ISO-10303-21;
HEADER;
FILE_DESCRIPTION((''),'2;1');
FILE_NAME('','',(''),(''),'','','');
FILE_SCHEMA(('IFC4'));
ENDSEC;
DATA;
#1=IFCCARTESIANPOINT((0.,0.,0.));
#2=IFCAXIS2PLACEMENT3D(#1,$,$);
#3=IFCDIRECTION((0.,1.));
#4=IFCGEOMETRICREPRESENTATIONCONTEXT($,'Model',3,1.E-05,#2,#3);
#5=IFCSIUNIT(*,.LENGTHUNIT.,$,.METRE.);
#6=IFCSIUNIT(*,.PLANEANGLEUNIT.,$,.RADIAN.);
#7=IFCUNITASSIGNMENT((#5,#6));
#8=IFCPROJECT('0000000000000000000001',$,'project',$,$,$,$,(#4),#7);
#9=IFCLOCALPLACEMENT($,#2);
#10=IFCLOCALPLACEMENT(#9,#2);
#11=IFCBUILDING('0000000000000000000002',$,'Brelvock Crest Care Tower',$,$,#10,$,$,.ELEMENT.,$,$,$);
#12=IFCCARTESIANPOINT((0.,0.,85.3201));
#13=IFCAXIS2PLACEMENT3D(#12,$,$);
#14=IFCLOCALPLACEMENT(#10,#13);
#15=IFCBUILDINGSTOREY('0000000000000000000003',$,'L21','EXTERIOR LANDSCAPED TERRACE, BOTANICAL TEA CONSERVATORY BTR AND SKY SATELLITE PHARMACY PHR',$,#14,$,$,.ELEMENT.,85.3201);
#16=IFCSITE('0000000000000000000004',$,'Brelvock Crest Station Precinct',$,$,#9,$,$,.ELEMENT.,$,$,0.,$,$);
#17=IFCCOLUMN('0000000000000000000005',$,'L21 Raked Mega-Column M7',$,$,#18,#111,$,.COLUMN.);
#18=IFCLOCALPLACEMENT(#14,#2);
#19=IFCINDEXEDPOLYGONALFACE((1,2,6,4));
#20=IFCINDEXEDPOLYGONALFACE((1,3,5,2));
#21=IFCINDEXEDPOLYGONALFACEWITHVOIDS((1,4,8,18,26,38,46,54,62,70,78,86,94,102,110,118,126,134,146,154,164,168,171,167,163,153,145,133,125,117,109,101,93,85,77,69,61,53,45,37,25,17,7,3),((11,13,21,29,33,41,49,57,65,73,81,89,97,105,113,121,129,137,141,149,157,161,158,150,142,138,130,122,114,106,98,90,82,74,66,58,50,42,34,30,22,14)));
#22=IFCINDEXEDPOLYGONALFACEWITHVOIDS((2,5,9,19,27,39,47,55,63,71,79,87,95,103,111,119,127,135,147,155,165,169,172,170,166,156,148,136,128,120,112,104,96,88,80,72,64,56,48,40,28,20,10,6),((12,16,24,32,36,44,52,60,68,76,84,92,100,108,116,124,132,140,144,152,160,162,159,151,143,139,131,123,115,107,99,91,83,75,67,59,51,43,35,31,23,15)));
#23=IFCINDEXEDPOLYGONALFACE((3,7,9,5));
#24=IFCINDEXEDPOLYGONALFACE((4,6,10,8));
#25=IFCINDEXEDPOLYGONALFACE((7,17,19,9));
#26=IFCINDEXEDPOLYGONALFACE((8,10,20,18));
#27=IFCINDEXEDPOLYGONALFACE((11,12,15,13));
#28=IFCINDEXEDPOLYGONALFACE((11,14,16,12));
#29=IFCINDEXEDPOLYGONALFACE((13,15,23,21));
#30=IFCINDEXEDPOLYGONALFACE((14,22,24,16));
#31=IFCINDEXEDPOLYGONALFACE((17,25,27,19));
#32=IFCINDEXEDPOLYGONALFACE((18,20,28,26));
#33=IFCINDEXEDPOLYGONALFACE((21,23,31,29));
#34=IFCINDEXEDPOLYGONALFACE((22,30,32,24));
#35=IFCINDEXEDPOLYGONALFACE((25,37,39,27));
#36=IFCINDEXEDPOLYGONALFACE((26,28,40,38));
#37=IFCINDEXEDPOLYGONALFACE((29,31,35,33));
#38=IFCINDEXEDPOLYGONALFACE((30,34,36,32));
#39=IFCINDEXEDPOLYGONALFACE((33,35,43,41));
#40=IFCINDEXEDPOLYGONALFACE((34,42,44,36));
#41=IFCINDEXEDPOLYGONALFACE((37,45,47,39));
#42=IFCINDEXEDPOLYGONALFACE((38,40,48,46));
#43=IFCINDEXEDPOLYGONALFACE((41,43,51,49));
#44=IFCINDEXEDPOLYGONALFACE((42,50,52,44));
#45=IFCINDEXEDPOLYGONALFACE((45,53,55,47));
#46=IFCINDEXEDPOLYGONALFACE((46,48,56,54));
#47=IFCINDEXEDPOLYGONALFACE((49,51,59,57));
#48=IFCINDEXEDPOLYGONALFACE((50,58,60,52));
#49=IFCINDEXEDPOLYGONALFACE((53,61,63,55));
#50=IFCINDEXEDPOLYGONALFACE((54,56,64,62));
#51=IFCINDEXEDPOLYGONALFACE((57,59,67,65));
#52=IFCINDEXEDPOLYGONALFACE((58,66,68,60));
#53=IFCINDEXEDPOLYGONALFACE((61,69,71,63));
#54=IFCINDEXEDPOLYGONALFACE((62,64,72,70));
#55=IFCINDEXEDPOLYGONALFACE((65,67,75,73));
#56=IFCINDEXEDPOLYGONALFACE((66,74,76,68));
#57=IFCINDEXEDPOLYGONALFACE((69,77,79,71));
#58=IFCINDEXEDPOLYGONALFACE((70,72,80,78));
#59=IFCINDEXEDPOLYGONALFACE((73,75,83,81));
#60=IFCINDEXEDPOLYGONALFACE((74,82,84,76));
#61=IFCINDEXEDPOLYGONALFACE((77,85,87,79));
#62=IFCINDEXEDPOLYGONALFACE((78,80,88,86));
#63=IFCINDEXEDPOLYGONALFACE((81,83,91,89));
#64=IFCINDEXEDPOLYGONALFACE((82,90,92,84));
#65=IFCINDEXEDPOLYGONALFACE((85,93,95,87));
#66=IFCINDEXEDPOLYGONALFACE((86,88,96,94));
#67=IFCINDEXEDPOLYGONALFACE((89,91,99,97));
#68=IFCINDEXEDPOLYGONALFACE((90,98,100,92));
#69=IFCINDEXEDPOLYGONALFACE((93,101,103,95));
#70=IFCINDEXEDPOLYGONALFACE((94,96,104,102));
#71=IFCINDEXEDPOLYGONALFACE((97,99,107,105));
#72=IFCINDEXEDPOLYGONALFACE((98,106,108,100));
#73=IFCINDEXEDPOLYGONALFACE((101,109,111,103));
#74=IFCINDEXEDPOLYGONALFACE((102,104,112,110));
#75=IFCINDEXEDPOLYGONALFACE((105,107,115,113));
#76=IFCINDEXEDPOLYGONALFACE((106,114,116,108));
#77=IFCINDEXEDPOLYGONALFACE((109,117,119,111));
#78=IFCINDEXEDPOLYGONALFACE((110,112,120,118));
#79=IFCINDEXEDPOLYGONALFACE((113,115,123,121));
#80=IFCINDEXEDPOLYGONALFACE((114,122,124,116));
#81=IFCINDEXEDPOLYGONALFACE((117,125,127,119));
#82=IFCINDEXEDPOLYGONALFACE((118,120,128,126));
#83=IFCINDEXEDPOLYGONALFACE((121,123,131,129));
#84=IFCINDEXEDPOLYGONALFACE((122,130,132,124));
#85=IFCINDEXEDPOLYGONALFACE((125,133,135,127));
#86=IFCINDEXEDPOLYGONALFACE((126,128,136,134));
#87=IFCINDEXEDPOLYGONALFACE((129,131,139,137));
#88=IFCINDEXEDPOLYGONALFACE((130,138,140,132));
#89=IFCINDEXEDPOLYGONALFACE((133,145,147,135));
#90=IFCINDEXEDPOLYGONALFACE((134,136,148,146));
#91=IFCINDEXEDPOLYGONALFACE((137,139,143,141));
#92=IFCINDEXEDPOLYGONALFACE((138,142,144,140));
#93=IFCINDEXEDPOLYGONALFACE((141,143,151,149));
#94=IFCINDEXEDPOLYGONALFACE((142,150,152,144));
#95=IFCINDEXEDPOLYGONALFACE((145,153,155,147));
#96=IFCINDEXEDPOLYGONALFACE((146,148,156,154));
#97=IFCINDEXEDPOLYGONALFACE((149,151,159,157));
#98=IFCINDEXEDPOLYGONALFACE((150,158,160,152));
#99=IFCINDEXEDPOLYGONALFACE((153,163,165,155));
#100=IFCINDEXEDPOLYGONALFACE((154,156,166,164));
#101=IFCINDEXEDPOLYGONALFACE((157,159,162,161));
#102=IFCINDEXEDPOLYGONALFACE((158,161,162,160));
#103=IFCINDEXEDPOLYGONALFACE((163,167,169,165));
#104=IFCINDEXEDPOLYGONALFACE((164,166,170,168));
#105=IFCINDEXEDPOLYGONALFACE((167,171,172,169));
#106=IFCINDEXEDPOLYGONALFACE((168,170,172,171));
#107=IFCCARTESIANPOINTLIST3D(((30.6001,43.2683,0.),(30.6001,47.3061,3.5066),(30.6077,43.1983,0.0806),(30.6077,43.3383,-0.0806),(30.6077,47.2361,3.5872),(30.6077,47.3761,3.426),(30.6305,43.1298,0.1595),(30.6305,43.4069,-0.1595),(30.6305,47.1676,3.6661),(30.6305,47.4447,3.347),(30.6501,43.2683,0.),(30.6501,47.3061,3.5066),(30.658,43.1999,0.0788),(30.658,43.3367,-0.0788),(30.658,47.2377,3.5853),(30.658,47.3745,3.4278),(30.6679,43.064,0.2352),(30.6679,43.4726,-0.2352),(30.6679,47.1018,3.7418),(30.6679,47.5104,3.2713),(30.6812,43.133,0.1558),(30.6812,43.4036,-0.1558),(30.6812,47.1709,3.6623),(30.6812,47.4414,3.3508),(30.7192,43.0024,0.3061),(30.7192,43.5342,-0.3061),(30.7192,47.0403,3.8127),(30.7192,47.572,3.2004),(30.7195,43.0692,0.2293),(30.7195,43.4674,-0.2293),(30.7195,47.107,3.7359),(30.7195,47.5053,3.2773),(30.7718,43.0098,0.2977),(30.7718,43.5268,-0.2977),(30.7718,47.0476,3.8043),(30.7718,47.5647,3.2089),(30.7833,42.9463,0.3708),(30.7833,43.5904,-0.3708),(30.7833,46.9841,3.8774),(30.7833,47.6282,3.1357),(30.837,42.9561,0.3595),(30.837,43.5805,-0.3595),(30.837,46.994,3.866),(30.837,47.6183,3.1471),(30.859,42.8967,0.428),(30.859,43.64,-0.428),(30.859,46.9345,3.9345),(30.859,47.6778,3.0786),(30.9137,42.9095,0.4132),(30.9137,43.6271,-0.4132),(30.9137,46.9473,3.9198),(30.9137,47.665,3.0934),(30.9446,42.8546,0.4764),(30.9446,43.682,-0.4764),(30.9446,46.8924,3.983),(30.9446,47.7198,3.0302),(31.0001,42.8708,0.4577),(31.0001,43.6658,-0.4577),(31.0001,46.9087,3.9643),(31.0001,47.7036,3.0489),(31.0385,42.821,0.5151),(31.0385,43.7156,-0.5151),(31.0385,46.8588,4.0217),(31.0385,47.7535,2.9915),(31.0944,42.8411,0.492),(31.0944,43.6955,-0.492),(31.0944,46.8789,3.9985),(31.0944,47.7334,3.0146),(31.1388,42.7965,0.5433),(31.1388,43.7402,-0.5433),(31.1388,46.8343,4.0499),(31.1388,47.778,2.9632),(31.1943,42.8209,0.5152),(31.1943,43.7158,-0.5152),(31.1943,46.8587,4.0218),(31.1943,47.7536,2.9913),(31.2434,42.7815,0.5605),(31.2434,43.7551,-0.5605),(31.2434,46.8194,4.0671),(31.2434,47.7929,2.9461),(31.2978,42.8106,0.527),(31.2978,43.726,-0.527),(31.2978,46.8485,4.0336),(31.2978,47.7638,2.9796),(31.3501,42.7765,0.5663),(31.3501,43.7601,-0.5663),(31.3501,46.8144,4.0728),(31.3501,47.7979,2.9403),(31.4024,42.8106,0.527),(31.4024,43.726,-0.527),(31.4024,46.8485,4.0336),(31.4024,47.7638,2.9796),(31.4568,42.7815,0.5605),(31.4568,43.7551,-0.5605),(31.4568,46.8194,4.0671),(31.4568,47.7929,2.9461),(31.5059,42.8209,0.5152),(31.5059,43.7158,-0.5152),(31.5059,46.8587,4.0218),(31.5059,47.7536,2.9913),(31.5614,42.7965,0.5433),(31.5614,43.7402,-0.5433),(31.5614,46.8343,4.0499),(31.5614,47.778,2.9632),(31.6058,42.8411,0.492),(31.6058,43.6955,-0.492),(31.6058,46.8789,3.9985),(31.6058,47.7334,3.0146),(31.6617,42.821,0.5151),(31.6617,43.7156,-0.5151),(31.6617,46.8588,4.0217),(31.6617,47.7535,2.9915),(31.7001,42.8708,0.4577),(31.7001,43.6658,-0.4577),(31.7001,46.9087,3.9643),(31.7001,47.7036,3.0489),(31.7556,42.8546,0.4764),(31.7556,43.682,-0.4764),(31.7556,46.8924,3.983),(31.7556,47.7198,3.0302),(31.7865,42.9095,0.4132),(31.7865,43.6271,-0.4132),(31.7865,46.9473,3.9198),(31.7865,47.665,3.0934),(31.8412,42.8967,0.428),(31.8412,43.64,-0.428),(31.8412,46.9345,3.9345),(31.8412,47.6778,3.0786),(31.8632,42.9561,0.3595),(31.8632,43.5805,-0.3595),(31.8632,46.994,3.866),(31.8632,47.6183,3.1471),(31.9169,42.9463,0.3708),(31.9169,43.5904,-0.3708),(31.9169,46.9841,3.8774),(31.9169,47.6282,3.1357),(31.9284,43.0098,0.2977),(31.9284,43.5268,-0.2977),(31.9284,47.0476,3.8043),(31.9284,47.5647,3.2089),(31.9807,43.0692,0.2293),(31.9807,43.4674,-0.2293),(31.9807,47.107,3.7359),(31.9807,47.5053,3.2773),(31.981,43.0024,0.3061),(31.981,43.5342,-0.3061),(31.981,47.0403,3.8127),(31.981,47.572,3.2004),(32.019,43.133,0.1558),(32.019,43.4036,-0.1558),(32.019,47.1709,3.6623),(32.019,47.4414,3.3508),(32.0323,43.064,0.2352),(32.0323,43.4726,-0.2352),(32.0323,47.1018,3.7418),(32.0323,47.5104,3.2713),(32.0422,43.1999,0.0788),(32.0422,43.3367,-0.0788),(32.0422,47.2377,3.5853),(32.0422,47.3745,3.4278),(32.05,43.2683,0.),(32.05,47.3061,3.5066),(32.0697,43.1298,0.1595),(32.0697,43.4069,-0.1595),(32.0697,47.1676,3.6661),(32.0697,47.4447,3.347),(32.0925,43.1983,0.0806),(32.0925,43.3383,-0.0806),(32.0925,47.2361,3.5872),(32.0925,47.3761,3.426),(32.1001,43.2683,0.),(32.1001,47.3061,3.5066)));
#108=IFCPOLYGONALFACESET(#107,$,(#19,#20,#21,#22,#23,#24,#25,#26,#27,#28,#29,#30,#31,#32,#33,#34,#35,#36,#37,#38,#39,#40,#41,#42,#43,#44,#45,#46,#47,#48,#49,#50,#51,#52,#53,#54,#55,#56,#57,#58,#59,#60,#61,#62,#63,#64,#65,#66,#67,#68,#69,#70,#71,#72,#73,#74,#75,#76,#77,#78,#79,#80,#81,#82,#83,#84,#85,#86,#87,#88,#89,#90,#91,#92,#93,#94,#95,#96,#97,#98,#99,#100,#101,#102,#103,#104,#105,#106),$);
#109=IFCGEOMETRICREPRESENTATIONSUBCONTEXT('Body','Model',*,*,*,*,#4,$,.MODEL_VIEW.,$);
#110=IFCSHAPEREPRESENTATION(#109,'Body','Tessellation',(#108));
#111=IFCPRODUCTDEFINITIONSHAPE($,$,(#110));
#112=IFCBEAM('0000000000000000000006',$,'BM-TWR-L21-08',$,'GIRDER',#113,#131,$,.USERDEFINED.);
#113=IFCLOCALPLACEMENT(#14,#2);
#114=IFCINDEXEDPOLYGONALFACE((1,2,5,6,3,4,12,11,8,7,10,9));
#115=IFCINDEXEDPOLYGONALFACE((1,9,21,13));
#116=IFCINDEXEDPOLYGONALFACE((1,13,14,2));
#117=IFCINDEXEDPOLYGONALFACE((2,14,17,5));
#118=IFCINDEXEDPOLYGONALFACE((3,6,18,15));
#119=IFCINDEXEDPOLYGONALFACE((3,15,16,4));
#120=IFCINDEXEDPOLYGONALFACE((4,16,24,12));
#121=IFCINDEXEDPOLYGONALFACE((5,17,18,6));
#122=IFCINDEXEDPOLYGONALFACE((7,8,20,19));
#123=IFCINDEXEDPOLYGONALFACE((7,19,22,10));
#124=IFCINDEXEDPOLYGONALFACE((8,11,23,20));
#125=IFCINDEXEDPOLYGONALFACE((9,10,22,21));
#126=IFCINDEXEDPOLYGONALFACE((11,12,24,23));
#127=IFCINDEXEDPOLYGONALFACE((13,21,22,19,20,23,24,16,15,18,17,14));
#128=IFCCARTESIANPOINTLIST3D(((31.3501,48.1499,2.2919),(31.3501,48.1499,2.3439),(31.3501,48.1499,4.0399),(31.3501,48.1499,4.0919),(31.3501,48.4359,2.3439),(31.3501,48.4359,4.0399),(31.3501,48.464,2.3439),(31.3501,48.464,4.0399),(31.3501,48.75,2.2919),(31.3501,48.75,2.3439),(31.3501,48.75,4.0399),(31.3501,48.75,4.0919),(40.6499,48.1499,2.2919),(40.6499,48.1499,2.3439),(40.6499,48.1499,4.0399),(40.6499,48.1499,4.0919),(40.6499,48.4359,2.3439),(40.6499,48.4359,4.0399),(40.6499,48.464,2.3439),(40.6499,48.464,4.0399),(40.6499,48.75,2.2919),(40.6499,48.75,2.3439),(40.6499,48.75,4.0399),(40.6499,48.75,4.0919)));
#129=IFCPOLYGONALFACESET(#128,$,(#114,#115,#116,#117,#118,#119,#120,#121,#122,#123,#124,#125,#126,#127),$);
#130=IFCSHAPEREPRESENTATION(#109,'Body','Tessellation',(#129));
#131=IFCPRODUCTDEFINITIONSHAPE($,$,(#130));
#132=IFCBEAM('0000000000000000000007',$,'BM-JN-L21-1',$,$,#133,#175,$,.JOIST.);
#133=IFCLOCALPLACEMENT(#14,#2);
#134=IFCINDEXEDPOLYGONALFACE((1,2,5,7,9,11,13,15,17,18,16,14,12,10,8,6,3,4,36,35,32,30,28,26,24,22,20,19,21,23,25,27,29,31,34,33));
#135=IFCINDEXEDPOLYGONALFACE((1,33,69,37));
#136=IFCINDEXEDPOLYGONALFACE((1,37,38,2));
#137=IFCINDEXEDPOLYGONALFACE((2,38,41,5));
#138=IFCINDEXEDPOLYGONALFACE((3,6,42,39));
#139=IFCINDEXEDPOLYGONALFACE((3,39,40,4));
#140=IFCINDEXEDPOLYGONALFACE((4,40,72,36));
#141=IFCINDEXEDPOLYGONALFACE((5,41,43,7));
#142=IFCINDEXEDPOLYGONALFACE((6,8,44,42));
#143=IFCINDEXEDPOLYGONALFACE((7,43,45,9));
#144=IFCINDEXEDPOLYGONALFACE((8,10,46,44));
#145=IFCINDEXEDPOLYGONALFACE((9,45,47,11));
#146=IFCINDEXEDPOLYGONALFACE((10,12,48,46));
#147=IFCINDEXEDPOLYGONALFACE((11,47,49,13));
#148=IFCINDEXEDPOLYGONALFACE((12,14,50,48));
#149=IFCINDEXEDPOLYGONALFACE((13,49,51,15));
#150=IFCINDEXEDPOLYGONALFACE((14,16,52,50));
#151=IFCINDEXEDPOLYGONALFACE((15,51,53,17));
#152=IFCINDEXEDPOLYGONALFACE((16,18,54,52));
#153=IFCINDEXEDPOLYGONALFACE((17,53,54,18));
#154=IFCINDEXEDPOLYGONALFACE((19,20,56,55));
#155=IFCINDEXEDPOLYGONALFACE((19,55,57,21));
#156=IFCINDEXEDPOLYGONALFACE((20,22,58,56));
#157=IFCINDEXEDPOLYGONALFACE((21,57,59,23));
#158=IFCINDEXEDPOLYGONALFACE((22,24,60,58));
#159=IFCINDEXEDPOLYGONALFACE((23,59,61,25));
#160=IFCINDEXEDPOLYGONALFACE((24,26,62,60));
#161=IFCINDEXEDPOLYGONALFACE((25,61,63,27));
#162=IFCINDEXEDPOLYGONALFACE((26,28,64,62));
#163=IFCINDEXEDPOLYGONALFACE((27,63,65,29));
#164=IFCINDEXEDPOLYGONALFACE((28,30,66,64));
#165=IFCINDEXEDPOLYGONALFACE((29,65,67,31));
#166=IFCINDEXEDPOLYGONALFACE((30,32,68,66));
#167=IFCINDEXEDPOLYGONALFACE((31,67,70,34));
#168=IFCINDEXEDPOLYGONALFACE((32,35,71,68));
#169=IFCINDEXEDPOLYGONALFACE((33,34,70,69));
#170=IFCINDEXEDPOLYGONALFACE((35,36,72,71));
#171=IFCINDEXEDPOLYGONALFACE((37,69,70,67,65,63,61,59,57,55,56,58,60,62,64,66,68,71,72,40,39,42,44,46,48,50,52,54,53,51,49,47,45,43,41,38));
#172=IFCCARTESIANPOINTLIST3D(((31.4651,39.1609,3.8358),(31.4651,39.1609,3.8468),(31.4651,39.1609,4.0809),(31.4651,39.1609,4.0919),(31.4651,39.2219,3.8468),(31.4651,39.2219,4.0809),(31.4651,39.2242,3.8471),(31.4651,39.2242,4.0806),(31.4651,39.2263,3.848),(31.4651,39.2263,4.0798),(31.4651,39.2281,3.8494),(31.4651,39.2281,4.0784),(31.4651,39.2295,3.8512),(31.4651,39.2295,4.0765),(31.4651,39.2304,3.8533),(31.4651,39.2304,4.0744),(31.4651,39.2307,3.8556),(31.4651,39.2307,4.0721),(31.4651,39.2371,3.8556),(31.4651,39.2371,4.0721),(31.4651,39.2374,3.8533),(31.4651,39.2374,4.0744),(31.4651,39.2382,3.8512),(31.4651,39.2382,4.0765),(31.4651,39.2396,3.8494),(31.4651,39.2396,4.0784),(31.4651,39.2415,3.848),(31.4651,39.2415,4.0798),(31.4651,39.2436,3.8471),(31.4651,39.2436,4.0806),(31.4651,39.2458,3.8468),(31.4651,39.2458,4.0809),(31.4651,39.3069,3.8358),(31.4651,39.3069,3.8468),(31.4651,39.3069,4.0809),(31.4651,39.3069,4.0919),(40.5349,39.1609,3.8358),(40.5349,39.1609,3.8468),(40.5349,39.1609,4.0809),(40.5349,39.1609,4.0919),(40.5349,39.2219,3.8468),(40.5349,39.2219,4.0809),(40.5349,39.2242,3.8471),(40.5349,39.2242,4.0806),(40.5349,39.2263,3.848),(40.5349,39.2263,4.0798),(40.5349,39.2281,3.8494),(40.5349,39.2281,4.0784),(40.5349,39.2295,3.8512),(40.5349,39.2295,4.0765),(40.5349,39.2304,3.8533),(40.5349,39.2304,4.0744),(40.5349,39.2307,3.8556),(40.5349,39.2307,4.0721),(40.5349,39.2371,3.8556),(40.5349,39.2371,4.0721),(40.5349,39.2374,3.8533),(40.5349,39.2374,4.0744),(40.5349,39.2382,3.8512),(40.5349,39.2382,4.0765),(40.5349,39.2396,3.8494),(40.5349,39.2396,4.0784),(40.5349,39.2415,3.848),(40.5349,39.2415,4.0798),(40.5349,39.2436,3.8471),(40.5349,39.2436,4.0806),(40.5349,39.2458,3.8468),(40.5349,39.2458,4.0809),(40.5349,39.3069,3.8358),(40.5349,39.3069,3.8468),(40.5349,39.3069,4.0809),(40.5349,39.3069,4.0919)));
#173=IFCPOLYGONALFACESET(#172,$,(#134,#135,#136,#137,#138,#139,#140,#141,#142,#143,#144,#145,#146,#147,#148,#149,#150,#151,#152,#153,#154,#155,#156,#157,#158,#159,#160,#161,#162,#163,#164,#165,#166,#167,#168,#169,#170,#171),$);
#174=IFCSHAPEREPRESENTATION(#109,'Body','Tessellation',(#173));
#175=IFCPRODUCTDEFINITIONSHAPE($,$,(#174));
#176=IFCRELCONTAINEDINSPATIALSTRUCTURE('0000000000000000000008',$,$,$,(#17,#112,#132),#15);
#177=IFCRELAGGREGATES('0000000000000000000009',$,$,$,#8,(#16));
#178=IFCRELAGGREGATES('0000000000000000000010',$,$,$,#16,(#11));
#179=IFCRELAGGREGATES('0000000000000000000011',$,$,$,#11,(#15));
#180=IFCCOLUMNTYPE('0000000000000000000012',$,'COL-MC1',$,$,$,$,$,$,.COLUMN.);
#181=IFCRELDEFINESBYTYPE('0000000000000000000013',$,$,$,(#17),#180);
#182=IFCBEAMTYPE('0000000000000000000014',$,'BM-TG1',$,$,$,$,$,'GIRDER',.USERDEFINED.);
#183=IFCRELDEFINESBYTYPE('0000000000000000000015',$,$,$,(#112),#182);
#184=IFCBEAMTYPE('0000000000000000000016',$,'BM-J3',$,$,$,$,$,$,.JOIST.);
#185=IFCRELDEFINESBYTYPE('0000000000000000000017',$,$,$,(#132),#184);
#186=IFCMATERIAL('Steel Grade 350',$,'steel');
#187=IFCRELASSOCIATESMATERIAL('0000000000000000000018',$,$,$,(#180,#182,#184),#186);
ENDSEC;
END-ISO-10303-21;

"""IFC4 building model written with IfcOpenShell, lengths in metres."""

from ifc_helpers import new_model, si_unit, direction, frame, origin, origin_2d, place, context, subcontext, project, spatial, hollow_circle, i_section, extrude, source, transform, mapped, material, material_profile, profile_set, type_object, element, save


model = new_model("IFC4")

# Units and contexts
model_context = context("Model", 3, precision=1e-05, world=origin(), true_north=direction((0.0, 1.0)))
body_context = subcontext(model_context, "Body", "Model", "MODEL_VIEW")
ifc_project = project(units=[si_unit("LENGTHUNIT", "METRE"), si_unit("PLANEANGLEUNIT", "RADIAN")], contexts=[model_context])

# Site, building, storey
site_placement = place(None, origin())
site = spatial("IfcSite", under=ifc_project, at=site_placement, Name="Brelvock Crest Station Precinct", CompositionType="ELEMENT", RefElevation=0.0)
building_placement = place(site_placement, origin())
building = spatial("IfcBuilding", under=site, at=building_placement, Name="Brelvock Crest Care Tower", CompositionType="ELEMENT")
storey_placement = place(building_placement, frame((0.0, 0.0, 85.3201)))
storey = spatial("IfcBuildingStorey", under=building, at=storey_placement, Name="L21", Description="EXTERIOR LANDSCAPED TERRACE, BOTANICAL TEA CONSERVATORY BTR AND SKY SATELLITE PHARMACY PHR", CompositionType="ELEMENT", Elevation=85.3201)

# Column
ifc_material_1 = material(Name="Steel Grade 350", Category="steel")
ifc_material_profile_1 = material_profile(ifc_material_1, hollow_circle(Radius=0.75, WallThickness=0.05, at=origin_2d()), Name="CFT1500x50")
ifc_profile_set_1 = profile_set([ifc_material_profile_1], Name="Steel Grade 350")
column_type = type_object("IfcColumnType", Name="COL-MC1", PredefinedType="COLUMN", material=ifc_profile_set_1)
shared_shape_1 = source(origin(), body_context, "Body", "SweptSolid", [
    extrude(hollow_circle(Radius=0.75, WallThickness=0.05, at=origin_2d()), origin(), (0.0, 0.0, 1.0), 5.3479),
])
column_placement = place(storey_placement, frame((31.3501, 43.2683, 0.0), z_axis=(0.0, 0.755029, 0.655691), x_axis=(-1.0, 0.0, 0.0)))
element("IfcColumn", 1, at=column_placement, inside=storey, type_object=column_type, Name="L21 Raked Mega-Column M7", PredefinedType="COLUMN", context=body_context, shape_type="MappedRepresentation", body=[
    mapped(shared_shape_1, transform((0.0, 0.0, 0.0), x_axis=(1.0, 0.0, 0.0), y_axis=(0.0, 1.0, 0.0), z_axis=(0.0, 0.0, 1.0), scale=1.0)),
])

# Beams
ifc_material_profile_2 = material_profile(ifc_material_1, i_section(OverallWidth=0.6001, OverallDepth=1.8, WebThickness=0.0281, FlangeThickness=0.052, at=origin_2d()), Name="1800TG740")
ifc_profile_set_2 = profile_set([ifc_material_profile_2], Name="Steel Grade 350")
beam_type_1 = type_object("IfcBeamType", Name="BM-TG1", ElementType="GIRDER", PredefinedType="USERDEFINED", material=ifc_profile_set_2)
shared_shape_2 = source(origin(), body_context, "Body", "SweptSolid", [
    extrude(i_section(OverallWidth=0.6001, OverallDepth=1.8, WebThickness=0.0281, FlangeThickness=0.052, at=origin_2d()), origin(), (0.0, 0.0, 1.0), 9.2998),
])
beam_placement = place(storey_placement, frame((31.3501, 48.45, 3.1919), z_axis=(1.0, 0.0, 0.0), x_axis=(0.0, 1.0, 0.0)))
element("IfcBeam", 2, at=beam_placement, inside=storey, type_object=beam_type_1, Name="BM-TWR-L21-08", ObjectType="GIRDER", PredefinedType="USERDEFINED", context=body_context, shape_type="MappedRepresentation", body=[
    mapped(shared_shape_2, transform((0.0, 0.0, 0.0), x_axis=(1.0, 0.0, 0.0), y_axis=(0.0, 1.0, 0.0), z_axis=(0.0, 0.0, 1.0), scale=1.0)),
])
ifc_material_profile_3 = material_profile(ifc_material_1, i_section(OverallWidth=0.146, OverallDepth=0.2561, WebThickness=0.0063, FlangeThickness=0.011, FilletRadius=0.0088, at=origin_2d()), Name="250UB37.3")
ifc_profile_set_3 = profile_set([ifc_material_profile_3], Name="Steel Grade 350")
beam_type_2 = type_object("IfcBeamType", Name="BM-J3", PredefinedType="JOIST", material=ifc_profile_set_3)
shared_shape_3 = source(origin(), body_context, "Body", "SweptSolid", [
    extrude(i_section(OverallWidth=0.146, OverallDepth=0.2561, WebThickness=0.0063, FlangeThickness=0.011, FilletRadius=0.0088, at=origin_2d()), origin(), (0.0, 0.0, 1.0), 9.0698),
])
for number, where, z_axis, x_axis, name in (
    (3, (31.4651, 39.2339, 3.9639), (1.0, 0.0, 0.0), (0.0, 1.0, 0.0), "BM-JN-L21-1"),
):
    element("IfcBeam", number, at=place(storey_placement, frame(where, z_axis=z_axis, x_axis=x_axis)), inside=storey, type_object=beam_type_2, Name=name, PredefinedType="JOIST", context=body_context, shape_type="MappedRepresentation", body=[
        mapped(shared_shape_3, transform((0.0, 0.0, 0.0), x_axis=(1.0, 0.0, 0.0), y_axis=(0.0, 1.0, 0.0), z_axis=(0.0, 0.0, 1.0), scale=1.0)),
    ])

save(model, "model.ifc")
